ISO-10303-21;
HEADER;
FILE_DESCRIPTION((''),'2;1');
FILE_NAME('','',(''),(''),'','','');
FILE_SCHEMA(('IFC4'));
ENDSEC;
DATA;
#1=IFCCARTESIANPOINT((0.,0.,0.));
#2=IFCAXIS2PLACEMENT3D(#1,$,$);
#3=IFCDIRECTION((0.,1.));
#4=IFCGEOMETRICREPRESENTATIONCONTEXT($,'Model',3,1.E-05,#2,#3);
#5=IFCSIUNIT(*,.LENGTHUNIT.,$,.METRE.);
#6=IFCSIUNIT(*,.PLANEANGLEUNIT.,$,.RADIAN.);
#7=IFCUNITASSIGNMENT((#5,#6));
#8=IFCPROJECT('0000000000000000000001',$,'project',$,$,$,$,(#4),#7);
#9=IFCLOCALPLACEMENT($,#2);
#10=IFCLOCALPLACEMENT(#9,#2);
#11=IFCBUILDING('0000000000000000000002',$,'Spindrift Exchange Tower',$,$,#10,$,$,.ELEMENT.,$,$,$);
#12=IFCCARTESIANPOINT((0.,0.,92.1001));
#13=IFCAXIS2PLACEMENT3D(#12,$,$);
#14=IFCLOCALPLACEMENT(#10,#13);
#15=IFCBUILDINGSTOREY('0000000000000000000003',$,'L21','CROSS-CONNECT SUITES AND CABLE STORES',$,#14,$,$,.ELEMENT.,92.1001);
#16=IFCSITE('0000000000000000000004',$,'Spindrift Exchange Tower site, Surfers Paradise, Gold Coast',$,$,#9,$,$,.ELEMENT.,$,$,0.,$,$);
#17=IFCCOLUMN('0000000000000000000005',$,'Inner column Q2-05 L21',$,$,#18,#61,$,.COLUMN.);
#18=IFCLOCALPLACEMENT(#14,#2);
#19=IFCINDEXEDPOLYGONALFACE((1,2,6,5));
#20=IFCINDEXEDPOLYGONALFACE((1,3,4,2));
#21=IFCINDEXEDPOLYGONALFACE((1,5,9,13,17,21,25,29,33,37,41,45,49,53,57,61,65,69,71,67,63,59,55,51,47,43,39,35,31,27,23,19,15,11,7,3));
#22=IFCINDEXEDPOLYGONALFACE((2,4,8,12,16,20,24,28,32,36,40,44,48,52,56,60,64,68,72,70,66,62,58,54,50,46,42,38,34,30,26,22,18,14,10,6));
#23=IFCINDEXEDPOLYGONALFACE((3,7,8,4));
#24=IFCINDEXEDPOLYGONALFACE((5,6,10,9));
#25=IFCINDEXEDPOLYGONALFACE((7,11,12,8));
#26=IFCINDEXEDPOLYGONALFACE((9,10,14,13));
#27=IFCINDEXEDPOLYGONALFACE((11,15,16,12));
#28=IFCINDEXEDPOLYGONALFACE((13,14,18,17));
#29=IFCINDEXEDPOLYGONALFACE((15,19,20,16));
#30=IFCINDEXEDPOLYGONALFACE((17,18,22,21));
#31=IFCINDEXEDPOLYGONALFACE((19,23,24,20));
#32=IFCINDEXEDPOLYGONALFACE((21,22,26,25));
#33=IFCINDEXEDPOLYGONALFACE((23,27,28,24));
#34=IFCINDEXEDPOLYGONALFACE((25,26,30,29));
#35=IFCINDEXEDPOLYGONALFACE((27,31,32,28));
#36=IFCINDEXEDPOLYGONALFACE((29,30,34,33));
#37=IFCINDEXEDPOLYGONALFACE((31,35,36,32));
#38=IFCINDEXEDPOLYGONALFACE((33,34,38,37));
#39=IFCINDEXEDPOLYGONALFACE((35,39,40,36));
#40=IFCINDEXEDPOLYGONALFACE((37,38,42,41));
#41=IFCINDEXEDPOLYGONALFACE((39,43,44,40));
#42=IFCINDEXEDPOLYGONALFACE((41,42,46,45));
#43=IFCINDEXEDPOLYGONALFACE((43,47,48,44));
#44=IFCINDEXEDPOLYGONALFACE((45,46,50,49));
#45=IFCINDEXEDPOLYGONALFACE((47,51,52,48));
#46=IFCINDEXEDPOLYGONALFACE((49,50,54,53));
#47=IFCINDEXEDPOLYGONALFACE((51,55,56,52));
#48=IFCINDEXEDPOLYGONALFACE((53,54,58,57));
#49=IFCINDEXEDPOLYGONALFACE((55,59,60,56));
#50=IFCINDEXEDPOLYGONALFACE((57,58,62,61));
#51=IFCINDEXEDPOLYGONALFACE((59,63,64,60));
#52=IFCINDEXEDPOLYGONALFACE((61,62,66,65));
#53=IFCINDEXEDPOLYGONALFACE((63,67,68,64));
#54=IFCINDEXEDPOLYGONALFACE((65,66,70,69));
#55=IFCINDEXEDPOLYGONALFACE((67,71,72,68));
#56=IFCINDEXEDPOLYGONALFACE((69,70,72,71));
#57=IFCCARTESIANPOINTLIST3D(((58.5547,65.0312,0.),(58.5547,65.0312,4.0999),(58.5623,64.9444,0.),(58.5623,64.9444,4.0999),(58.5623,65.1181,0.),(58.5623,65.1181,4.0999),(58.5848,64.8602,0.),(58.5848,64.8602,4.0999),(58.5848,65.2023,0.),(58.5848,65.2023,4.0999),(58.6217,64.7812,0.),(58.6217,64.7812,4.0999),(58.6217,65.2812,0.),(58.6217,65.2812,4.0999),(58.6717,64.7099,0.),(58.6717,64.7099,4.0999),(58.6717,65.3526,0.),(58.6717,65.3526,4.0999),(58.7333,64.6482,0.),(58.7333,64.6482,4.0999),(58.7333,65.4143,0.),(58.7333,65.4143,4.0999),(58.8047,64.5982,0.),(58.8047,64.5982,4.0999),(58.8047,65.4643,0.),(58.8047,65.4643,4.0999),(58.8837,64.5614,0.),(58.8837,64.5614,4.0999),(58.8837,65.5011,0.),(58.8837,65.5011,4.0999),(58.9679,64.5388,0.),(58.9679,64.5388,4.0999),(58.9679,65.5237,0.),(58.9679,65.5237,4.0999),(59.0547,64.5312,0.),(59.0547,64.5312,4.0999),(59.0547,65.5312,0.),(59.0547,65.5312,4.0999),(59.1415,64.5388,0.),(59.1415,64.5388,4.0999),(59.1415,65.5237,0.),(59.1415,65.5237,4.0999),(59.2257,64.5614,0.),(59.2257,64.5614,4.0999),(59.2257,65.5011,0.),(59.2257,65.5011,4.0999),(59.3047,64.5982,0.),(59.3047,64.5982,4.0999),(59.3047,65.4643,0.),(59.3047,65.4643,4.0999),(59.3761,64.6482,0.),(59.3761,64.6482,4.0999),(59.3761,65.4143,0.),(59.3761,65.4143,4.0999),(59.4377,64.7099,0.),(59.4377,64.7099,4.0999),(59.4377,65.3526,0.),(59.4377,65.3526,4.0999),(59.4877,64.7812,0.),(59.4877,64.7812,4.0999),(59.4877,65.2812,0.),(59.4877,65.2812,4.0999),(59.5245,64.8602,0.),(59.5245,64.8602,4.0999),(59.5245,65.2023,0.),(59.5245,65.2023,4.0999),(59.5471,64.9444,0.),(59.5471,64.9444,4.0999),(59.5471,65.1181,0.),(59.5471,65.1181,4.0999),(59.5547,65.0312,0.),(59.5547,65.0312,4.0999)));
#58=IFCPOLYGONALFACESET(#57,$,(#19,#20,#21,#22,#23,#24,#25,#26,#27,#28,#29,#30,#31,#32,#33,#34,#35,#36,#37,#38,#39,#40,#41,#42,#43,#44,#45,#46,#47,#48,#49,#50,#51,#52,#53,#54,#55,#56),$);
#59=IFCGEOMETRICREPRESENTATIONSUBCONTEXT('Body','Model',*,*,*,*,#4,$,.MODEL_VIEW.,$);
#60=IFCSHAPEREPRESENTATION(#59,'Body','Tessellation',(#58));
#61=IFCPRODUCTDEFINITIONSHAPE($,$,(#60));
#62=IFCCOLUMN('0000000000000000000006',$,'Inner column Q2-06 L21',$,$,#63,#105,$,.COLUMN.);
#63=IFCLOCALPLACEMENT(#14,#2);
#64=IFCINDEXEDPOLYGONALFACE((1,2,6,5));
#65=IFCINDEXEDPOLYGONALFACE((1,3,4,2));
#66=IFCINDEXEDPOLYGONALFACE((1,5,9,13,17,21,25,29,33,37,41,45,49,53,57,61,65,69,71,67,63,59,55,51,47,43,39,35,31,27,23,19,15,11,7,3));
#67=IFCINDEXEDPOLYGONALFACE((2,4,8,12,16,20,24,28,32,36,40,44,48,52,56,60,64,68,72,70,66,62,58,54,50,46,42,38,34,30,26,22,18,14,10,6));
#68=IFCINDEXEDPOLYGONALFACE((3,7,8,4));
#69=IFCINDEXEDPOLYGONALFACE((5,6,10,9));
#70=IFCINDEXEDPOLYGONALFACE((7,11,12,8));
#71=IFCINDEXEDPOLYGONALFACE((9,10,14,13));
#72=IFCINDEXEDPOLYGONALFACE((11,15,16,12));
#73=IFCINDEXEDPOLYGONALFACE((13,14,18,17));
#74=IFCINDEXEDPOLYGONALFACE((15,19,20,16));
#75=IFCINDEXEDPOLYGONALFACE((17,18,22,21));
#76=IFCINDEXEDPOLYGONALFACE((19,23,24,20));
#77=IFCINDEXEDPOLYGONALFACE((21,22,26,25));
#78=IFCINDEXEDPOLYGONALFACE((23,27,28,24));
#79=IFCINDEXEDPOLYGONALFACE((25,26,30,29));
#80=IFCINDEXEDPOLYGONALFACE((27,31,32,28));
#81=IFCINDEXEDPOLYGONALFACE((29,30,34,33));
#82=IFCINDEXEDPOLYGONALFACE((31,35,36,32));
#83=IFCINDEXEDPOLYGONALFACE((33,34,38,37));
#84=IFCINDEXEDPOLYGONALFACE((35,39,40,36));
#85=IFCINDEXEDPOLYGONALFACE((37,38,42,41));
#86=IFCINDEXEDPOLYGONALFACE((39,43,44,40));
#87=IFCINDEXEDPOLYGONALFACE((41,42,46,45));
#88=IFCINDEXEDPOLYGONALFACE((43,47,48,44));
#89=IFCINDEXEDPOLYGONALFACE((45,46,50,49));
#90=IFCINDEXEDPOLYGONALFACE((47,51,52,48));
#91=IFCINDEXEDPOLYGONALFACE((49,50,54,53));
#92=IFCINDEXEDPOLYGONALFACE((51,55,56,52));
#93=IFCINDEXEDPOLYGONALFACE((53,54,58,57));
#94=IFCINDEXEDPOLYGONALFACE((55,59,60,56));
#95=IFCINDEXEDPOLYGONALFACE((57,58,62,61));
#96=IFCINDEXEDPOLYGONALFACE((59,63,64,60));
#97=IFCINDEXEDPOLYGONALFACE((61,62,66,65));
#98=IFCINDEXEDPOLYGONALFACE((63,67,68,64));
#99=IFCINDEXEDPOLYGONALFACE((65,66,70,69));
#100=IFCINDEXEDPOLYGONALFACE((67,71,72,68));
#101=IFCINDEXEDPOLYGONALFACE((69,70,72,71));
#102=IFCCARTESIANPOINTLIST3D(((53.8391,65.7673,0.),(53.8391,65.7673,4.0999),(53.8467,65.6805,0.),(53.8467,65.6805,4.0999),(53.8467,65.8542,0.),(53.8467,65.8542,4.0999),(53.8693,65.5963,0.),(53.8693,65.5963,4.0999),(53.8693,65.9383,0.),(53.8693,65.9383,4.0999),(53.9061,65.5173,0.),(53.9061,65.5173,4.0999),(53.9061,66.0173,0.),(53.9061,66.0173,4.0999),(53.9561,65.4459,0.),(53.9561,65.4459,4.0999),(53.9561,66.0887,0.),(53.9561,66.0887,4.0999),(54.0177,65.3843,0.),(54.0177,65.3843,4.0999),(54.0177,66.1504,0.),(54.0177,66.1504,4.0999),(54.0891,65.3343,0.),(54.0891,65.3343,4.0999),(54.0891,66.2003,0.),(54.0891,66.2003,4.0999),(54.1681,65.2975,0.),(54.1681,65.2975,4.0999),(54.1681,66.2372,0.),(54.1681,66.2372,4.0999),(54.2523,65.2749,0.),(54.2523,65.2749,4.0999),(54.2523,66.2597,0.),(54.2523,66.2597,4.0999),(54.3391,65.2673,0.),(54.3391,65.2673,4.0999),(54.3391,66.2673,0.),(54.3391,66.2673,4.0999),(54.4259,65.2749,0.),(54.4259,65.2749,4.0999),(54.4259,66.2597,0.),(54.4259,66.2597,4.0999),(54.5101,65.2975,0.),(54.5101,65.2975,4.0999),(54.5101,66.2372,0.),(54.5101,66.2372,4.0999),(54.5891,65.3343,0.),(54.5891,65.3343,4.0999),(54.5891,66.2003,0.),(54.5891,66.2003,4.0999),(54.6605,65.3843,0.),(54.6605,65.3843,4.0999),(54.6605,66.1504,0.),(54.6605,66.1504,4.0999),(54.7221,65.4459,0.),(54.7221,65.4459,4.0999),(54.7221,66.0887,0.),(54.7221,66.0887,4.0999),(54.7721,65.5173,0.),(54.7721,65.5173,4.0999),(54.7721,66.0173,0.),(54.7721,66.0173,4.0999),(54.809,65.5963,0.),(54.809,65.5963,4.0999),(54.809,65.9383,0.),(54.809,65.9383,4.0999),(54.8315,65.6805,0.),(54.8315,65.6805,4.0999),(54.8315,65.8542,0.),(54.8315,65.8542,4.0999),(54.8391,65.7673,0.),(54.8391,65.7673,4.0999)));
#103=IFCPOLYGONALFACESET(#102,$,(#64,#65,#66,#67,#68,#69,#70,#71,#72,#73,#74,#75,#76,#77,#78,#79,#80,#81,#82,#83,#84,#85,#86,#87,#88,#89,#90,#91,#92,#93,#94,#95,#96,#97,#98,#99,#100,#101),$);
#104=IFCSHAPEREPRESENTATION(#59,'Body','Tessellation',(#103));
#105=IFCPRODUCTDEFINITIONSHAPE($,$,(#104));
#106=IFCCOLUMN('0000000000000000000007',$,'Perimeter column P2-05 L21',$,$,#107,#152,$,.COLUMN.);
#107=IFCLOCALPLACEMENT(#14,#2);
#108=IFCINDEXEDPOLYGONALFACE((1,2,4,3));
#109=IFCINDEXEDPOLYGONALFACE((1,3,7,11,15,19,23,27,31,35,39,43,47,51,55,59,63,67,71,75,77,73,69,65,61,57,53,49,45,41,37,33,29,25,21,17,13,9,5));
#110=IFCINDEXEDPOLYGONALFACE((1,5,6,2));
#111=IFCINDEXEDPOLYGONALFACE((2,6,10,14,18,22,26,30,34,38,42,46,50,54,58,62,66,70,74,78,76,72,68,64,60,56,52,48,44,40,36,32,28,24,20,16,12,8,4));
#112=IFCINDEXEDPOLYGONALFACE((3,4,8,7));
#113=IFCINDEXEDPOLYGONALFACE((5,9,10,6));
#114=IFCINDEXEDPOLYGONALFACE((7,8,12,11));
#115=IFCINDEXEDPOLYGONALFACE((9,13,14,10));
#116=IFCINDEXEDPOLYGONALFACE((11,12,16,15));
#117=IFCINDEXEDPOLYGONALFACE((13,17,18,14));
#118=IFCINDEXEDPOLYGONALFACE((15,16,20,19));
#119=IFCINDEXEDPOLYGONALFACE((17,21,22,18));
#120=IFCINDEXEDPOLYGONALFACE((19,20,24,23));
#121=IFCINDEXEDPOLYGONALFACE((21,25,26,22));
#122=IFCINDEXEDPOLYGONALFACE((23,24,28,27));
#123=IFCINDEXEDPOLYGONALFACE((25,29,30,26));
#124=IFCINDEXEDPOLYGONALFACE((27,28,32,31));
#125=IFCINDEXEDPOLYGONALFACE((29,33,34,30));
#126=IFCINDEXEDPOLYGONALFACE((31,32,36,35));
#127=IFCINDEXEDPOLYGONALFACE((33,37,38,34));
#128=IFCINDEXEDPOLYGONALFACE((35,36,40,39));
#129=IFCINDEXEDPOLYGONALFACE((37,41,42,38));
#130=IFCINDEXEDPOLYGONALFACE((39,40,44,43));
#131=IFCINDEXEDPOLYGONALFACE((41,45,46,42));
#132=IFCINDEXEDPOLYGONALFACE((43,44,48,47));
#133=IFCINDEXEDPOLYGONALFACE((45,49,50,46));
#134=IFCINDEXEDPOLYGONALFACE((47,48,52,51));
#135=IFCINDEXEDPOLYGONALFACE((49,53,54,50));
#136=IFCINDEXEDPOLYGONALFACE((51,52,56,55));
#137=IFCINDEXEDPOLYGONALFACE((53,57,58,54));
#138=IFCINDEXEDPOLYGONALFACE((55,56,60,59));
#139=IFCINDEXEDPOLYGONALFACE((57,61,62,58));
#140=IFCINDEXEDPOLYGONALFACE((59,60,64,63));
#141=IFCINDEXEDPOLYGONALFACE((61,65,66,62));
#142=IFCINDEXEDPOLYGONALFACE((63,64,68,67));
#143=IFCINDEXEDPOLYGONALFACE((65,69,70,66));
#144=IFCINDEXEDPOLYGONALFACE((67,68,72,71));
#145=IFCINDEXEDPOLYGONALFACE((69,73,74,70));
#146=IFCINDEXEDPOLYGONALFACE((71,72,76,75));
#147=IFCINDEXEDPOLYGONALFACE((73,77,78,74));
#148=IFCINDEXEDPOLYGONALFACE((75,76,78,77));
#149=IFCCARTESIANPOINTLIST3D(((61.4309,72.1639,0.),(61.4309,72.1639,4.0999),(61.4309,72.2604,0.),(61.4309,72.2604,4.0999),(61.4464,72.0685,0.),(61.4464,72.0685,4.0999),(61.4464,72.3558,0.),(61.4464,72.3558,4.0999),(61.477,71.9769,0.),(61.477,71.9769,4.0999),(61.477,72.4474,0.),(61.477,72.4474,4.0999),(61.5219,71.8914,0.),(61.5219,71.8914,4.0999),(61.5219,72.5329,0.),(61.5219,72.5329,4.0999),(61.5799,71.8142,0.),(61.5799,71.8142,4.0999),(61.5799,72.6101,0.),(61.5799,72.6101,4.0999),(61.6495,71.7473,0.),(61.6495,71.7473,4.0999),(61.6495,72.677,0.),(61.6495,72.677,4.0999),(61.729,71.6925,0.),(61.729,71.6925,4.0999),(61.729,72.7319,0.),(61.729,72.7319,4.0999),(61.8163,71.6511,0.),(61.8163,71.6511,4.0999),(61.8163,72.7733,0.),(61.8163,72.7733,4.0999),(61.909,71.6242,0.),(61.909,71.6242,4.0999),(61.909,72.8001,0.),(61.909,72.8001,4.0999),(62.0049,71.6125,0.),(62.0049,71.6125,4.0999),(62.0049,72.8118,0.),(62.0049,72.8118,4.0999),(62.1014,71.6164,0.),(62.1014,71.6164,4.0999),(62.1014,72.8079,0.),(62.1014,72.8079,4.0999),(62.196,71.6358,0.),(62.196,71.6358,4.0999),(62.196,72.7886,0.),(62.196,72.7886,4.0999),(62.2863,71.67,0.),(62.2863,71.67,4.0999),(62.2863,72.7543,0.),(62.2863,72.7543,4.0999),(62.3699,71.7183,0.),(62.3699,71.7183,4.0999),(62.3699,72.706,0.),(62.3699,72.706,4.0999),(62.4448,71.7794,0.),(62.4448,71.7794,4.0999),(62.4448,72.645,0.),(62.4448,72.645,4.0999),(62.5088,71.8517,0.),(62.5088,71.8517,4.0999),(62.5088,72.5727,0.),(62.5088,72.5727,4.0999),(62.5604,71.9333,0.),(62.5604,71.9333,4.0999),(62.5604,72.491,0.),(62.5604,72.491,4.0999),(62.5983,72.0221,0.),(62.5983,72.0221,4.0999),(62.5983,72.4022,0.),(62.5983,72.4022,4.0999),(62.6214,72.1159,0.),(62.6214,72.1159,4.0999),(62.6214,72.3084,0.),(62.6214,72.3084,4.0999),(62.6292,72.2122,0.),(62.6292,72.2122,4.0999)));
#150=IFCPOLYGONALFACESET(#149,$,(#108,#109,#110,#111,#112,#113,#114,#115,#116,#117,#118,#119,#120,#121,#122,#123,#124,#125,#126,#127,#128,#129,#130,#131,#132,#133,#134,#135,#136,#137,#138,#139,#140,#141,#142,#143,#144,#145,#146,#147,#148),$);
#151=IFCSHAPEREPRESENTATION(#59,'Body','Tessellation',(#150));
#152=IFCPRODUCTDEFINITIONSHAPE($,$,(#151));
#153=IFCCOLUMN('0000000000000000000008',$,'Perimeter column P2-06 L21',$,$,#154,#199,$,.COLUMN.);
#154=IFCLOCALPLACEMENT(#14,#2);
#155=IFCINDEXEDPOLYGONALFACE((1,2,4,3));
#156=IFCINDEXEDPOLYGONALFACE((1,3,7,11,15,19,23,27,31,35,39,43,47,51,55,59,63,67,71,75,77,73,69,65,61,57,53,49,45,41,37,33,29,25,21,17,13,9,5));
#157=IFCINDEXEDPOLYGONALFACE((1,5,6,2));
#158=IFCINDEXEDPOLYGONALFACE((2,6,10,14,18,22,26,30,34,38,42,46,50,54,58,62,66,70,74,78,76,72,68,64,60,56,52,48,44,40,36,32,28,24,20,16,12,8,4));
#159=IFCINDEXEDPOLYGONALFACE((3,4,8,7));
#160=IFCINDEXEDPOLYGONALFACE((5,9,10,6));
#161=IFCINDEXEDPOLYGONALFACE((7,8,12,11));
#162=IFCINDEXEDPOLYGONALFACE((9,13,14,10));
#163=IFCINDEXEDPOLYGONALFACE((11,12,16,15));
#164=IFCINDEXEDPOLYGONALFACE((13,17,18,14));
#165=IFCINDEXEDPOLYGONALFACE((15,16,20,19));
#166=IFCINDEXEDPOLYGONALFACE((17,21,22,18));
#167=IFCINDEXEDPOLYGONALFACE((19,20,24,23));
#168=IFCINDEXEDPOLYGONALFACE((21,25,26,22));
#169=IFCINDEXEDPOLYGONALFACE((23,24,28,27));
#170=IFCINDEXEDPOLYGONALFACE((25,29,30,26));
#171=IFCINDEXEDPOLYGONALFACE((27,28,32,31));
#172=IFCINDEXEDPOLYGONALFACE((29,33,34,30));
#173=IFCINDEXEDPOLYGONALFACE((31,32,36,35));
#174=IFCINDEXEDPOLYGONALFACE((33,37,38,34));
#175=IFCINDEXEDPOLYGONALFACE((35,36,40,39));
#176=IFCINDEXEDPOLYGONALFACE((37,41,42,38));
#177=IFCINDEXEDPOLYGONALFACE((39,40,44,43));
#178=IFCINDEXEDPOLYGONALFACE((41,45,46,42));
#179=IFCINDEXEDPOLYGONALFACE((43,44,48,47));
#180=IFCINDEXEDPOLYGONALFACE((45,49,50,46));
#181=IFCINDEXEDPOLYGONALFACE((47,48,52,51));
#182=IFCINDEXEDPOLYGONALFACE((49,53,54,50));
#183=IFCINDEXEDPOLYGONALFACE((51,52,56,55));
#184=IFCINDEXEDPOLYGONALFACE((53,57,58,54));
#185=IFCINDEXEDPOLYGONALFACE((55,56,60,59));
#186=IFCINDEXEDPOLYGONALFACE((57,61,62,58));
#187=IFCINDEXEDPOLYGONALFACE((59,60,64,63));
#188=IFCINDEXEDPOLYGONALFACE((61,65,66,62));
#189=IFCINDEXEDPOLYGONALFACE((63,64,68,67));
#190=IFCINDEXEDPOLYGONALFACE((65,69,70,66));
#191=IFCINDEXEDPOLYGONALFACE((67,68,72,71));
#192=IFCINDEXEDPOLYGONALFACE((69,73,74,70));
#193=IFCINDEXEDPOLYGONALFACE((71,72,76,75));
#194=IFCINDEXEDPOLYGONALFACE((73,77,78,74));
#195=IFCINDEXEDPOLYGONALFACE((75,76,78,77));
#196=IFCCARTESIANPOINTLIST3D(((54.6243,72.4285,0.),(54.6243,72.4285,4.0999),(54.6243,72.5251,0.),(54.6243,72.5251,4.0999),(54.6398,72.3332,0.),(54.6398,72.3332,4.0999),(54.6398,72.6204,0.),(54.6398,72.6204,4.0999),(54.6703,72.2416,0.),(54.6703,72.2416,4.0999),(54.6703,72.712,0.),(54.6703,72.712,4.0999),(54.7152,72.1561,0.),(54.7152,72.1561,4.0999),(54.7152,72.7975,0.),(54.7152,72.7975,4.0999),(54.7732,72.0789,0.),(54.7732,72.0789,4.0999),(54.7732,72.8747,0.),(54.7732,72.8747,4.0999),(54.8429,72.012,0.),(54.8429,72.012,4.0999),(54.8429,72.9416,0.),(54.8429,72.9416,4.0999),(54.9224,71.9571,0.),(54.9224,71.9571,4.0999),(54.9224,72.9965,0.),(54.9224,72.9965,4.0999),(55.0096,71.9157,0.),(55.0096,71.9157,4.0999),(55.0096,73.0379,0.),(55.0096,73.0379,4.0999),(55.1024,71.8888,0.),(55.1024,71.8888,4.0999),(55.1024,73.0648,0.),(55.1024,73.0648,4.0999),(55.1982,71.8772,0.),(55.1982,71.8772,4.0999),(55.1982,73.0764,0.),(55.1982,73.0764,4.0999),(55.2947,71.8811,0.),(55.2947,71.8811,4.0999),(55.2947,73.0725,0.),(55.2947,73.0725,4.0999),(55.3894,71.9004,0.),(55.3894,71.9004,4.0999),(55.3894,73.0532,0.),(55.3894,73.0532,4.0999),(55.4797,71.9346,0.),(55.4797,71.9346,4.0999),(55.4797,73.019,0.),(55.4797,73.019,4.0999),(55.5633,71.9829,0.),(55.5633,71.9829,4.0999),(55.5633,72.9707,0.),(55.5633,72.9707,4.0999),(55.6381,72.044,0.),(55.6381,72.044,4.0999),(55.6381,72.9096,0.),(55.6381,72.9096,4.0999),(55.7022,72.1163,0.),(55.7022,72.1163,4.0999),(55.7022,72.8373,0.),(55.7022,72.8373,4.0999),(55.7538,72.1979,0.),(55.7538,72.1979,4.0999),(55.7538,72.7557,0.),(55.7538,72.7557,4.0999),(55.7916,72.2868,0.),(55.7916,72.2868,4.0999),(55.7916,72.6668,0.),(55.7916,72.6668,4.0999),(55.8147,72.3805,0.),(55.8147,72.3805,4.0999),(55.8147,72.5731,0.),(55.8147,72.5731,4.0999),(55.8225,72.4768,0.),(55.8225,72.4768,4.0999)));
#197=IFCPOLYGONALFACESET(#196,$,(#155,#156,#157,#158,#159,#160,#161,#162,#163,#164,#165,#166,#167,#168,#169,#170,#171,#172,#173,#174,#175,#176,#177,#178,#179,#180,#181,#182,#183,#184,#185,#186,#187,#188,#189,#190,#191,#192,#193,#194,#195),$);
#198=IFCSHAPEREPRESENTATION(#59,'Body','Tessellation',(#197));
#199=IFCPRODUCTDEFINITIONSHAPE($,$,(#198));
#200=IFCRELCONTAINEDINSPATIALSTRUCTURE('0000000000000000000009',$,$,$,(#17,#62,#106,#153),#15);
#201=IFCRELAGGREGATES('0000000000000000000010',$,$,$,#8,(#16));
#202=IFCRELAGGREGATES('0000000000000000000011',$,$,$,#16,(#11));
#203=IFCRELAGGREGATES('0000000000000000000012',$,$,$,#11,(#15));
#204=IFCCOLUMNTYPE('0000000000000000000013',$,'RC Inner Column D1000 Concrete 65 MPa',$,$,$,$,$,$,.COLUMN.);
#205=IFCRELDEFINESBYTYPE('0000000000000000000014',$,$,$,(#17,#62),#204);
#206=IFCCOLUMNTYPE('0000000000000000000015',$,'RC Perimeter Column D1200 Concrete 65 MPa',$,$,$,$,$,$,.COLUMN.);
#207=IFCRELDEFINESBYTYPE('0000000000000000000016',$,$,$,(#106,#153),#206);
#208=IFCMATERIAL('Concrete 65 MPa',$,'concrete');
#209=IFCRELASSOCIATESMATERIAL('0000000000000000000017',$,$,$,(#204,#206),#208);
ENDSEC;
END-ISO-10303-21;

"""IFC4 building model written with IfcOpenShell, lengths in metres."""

from ifc_helpers import new_model, si_unit, direction, frame, origin, origin_2d, place, context, subcontext, project, spatial, circle, extrude, source, transform, mapped, material, material_profile, profile_set, type_object, element, save


model = new_model("IFC4")

# Units and contexts
model_context = context("Model", 3, precision=1e-05, world=origin(), true_north=direction((0.0, 1.0)))
body_context = subcontext(model_context, "Body", "Model", "MODEL_VIEW")
ifc_project = project(units=[si_unit("LENGTHUNIT", "METRE"), si_unit("PLANEANGLEUNIT", "RADIAN")], contexts=[model_context])

# Site, building, storey
site_placement = place(None, origin())
site = spatial("IfcSite", under=ifc_project, at=site_placement, Name="Spindrift Exchange Tower site, Surfers Paradise, Gold Coast", CompositionType="ELEMENT", RefElevation=0.0)
building_placement = place(site_placement, origin())
building = spatial("IfcBuilding", under=site, at=building_placement, Name="Spindrift Exchange Tower", CompositionType="ELEMENT")
storey_placement = place(building_placement, frame((0.0, 0.0, 92.1001)))
storey = spatial("IfcBuildingStorey", under=building, at=storey_placement, Name="L21", Description="CROSS-CONNECT SUITES AND CABLE STORES", CompositionType="ELEMENT", Elevation=92.1001)

# Columns
ifc_material_1 = material(Name="Concrete 65 MPa", Category="concrete")
ifc_material_profile_1 = material_profile(ifc_material_1, circle(Radius=0.5, at=origin_2d()), Name="RC D1000")
ifc_profile_set_1 = profile_set([ifc_material_profile_1], Name="Concrete 65 MPa")
column_type_1 = type_object("IfcColumnType", Name="RC Inner Column D1000 Concrete 65 MPa", PredefinedType="COLUMN", material=ifc_profile_set_1)
shared_shape_1 = source(origin(), body_context, "Body", "SweptSolid", [
    extrude(circle(Radius=0.5, at=origin_2d()), origin(), (0.0, 0.0, 1.0), 4.0999),
])
for number, where, z_axis, x_axis, name in (
    (1, (59.0547, 65.0312, 0.0), (0.0, 0.0, 1.0), (1.0, 0.0, 0.0), "Inner column Q2-05 L21"),
    (2, (54.3391, 65.7673, 0.0), (0.0, 0.0, 1.0), (1.0, 0.0, 0.0), "Inner column Q2-06 L21"),
):
    element("IfcColumn", number, at=place(storey_placement, frame(where, z_axis=z_axis, x_axis=x_axis)), inside=storey, type_object=column_type_1, Name=name, PredefinedType="COLUMN", context=body_context, shape_type="MappedRepresentation", body=[
        mapped(shared_shape_1, transform((0.0, 0.0, 0.0), scale=1.0)),
    ])
ifc_material_profile_2 = material_profile(ifc_material_1, circle(Radius=0.6001, at=origin_2d()), Name="RC D1200")
ifc_profile_set_2 = profile_set([ifc_material_profile_2], Name="Concrete 65 MPa")
column_type_2 = type_object("IfcColumnType", Name="RC Perimeter Column D1200 Concrete 65 MPa", PredefinedType="COLUMN", material=ifc_profile_set_2)
shared_shape_2 = source(origin(), body_context, "Body", "SweptSolid", [
    extrude(circle(Radius=0.6001, at=origin_2d()), origin(), (0.0, 0.0, 1.0), 4.0999),
])
for number, where, z_axis, x_axis, name in (
    (3, (62.0291, 72.2122, 0.0), (0.0, 0.0, 1.0), (1.0, 0.0, 0.0), "Perimeter column P2-05 L21"),
    (4, (55.2224, 72.4768, 0.0), (0.0, 0.0, 1.0), (1.0, 0.0, 0.0), "Perimeter column P2-06 L21"),
):
    element("IfcColumn", number, at=place(storey_placement, frame(where, z_axis=z_axis, x_axis=x_axis)), inside=storey, type_object=column_type_2, Name=name, PredefinedType="COLUMN", context=body_context, shape_type="MappedRepresentation", body=[
        mapped(shared_shape_2, transform((0.0, 0.0, 0.0), scale=1.0)),
    ])

save(model, "model.ifc")
